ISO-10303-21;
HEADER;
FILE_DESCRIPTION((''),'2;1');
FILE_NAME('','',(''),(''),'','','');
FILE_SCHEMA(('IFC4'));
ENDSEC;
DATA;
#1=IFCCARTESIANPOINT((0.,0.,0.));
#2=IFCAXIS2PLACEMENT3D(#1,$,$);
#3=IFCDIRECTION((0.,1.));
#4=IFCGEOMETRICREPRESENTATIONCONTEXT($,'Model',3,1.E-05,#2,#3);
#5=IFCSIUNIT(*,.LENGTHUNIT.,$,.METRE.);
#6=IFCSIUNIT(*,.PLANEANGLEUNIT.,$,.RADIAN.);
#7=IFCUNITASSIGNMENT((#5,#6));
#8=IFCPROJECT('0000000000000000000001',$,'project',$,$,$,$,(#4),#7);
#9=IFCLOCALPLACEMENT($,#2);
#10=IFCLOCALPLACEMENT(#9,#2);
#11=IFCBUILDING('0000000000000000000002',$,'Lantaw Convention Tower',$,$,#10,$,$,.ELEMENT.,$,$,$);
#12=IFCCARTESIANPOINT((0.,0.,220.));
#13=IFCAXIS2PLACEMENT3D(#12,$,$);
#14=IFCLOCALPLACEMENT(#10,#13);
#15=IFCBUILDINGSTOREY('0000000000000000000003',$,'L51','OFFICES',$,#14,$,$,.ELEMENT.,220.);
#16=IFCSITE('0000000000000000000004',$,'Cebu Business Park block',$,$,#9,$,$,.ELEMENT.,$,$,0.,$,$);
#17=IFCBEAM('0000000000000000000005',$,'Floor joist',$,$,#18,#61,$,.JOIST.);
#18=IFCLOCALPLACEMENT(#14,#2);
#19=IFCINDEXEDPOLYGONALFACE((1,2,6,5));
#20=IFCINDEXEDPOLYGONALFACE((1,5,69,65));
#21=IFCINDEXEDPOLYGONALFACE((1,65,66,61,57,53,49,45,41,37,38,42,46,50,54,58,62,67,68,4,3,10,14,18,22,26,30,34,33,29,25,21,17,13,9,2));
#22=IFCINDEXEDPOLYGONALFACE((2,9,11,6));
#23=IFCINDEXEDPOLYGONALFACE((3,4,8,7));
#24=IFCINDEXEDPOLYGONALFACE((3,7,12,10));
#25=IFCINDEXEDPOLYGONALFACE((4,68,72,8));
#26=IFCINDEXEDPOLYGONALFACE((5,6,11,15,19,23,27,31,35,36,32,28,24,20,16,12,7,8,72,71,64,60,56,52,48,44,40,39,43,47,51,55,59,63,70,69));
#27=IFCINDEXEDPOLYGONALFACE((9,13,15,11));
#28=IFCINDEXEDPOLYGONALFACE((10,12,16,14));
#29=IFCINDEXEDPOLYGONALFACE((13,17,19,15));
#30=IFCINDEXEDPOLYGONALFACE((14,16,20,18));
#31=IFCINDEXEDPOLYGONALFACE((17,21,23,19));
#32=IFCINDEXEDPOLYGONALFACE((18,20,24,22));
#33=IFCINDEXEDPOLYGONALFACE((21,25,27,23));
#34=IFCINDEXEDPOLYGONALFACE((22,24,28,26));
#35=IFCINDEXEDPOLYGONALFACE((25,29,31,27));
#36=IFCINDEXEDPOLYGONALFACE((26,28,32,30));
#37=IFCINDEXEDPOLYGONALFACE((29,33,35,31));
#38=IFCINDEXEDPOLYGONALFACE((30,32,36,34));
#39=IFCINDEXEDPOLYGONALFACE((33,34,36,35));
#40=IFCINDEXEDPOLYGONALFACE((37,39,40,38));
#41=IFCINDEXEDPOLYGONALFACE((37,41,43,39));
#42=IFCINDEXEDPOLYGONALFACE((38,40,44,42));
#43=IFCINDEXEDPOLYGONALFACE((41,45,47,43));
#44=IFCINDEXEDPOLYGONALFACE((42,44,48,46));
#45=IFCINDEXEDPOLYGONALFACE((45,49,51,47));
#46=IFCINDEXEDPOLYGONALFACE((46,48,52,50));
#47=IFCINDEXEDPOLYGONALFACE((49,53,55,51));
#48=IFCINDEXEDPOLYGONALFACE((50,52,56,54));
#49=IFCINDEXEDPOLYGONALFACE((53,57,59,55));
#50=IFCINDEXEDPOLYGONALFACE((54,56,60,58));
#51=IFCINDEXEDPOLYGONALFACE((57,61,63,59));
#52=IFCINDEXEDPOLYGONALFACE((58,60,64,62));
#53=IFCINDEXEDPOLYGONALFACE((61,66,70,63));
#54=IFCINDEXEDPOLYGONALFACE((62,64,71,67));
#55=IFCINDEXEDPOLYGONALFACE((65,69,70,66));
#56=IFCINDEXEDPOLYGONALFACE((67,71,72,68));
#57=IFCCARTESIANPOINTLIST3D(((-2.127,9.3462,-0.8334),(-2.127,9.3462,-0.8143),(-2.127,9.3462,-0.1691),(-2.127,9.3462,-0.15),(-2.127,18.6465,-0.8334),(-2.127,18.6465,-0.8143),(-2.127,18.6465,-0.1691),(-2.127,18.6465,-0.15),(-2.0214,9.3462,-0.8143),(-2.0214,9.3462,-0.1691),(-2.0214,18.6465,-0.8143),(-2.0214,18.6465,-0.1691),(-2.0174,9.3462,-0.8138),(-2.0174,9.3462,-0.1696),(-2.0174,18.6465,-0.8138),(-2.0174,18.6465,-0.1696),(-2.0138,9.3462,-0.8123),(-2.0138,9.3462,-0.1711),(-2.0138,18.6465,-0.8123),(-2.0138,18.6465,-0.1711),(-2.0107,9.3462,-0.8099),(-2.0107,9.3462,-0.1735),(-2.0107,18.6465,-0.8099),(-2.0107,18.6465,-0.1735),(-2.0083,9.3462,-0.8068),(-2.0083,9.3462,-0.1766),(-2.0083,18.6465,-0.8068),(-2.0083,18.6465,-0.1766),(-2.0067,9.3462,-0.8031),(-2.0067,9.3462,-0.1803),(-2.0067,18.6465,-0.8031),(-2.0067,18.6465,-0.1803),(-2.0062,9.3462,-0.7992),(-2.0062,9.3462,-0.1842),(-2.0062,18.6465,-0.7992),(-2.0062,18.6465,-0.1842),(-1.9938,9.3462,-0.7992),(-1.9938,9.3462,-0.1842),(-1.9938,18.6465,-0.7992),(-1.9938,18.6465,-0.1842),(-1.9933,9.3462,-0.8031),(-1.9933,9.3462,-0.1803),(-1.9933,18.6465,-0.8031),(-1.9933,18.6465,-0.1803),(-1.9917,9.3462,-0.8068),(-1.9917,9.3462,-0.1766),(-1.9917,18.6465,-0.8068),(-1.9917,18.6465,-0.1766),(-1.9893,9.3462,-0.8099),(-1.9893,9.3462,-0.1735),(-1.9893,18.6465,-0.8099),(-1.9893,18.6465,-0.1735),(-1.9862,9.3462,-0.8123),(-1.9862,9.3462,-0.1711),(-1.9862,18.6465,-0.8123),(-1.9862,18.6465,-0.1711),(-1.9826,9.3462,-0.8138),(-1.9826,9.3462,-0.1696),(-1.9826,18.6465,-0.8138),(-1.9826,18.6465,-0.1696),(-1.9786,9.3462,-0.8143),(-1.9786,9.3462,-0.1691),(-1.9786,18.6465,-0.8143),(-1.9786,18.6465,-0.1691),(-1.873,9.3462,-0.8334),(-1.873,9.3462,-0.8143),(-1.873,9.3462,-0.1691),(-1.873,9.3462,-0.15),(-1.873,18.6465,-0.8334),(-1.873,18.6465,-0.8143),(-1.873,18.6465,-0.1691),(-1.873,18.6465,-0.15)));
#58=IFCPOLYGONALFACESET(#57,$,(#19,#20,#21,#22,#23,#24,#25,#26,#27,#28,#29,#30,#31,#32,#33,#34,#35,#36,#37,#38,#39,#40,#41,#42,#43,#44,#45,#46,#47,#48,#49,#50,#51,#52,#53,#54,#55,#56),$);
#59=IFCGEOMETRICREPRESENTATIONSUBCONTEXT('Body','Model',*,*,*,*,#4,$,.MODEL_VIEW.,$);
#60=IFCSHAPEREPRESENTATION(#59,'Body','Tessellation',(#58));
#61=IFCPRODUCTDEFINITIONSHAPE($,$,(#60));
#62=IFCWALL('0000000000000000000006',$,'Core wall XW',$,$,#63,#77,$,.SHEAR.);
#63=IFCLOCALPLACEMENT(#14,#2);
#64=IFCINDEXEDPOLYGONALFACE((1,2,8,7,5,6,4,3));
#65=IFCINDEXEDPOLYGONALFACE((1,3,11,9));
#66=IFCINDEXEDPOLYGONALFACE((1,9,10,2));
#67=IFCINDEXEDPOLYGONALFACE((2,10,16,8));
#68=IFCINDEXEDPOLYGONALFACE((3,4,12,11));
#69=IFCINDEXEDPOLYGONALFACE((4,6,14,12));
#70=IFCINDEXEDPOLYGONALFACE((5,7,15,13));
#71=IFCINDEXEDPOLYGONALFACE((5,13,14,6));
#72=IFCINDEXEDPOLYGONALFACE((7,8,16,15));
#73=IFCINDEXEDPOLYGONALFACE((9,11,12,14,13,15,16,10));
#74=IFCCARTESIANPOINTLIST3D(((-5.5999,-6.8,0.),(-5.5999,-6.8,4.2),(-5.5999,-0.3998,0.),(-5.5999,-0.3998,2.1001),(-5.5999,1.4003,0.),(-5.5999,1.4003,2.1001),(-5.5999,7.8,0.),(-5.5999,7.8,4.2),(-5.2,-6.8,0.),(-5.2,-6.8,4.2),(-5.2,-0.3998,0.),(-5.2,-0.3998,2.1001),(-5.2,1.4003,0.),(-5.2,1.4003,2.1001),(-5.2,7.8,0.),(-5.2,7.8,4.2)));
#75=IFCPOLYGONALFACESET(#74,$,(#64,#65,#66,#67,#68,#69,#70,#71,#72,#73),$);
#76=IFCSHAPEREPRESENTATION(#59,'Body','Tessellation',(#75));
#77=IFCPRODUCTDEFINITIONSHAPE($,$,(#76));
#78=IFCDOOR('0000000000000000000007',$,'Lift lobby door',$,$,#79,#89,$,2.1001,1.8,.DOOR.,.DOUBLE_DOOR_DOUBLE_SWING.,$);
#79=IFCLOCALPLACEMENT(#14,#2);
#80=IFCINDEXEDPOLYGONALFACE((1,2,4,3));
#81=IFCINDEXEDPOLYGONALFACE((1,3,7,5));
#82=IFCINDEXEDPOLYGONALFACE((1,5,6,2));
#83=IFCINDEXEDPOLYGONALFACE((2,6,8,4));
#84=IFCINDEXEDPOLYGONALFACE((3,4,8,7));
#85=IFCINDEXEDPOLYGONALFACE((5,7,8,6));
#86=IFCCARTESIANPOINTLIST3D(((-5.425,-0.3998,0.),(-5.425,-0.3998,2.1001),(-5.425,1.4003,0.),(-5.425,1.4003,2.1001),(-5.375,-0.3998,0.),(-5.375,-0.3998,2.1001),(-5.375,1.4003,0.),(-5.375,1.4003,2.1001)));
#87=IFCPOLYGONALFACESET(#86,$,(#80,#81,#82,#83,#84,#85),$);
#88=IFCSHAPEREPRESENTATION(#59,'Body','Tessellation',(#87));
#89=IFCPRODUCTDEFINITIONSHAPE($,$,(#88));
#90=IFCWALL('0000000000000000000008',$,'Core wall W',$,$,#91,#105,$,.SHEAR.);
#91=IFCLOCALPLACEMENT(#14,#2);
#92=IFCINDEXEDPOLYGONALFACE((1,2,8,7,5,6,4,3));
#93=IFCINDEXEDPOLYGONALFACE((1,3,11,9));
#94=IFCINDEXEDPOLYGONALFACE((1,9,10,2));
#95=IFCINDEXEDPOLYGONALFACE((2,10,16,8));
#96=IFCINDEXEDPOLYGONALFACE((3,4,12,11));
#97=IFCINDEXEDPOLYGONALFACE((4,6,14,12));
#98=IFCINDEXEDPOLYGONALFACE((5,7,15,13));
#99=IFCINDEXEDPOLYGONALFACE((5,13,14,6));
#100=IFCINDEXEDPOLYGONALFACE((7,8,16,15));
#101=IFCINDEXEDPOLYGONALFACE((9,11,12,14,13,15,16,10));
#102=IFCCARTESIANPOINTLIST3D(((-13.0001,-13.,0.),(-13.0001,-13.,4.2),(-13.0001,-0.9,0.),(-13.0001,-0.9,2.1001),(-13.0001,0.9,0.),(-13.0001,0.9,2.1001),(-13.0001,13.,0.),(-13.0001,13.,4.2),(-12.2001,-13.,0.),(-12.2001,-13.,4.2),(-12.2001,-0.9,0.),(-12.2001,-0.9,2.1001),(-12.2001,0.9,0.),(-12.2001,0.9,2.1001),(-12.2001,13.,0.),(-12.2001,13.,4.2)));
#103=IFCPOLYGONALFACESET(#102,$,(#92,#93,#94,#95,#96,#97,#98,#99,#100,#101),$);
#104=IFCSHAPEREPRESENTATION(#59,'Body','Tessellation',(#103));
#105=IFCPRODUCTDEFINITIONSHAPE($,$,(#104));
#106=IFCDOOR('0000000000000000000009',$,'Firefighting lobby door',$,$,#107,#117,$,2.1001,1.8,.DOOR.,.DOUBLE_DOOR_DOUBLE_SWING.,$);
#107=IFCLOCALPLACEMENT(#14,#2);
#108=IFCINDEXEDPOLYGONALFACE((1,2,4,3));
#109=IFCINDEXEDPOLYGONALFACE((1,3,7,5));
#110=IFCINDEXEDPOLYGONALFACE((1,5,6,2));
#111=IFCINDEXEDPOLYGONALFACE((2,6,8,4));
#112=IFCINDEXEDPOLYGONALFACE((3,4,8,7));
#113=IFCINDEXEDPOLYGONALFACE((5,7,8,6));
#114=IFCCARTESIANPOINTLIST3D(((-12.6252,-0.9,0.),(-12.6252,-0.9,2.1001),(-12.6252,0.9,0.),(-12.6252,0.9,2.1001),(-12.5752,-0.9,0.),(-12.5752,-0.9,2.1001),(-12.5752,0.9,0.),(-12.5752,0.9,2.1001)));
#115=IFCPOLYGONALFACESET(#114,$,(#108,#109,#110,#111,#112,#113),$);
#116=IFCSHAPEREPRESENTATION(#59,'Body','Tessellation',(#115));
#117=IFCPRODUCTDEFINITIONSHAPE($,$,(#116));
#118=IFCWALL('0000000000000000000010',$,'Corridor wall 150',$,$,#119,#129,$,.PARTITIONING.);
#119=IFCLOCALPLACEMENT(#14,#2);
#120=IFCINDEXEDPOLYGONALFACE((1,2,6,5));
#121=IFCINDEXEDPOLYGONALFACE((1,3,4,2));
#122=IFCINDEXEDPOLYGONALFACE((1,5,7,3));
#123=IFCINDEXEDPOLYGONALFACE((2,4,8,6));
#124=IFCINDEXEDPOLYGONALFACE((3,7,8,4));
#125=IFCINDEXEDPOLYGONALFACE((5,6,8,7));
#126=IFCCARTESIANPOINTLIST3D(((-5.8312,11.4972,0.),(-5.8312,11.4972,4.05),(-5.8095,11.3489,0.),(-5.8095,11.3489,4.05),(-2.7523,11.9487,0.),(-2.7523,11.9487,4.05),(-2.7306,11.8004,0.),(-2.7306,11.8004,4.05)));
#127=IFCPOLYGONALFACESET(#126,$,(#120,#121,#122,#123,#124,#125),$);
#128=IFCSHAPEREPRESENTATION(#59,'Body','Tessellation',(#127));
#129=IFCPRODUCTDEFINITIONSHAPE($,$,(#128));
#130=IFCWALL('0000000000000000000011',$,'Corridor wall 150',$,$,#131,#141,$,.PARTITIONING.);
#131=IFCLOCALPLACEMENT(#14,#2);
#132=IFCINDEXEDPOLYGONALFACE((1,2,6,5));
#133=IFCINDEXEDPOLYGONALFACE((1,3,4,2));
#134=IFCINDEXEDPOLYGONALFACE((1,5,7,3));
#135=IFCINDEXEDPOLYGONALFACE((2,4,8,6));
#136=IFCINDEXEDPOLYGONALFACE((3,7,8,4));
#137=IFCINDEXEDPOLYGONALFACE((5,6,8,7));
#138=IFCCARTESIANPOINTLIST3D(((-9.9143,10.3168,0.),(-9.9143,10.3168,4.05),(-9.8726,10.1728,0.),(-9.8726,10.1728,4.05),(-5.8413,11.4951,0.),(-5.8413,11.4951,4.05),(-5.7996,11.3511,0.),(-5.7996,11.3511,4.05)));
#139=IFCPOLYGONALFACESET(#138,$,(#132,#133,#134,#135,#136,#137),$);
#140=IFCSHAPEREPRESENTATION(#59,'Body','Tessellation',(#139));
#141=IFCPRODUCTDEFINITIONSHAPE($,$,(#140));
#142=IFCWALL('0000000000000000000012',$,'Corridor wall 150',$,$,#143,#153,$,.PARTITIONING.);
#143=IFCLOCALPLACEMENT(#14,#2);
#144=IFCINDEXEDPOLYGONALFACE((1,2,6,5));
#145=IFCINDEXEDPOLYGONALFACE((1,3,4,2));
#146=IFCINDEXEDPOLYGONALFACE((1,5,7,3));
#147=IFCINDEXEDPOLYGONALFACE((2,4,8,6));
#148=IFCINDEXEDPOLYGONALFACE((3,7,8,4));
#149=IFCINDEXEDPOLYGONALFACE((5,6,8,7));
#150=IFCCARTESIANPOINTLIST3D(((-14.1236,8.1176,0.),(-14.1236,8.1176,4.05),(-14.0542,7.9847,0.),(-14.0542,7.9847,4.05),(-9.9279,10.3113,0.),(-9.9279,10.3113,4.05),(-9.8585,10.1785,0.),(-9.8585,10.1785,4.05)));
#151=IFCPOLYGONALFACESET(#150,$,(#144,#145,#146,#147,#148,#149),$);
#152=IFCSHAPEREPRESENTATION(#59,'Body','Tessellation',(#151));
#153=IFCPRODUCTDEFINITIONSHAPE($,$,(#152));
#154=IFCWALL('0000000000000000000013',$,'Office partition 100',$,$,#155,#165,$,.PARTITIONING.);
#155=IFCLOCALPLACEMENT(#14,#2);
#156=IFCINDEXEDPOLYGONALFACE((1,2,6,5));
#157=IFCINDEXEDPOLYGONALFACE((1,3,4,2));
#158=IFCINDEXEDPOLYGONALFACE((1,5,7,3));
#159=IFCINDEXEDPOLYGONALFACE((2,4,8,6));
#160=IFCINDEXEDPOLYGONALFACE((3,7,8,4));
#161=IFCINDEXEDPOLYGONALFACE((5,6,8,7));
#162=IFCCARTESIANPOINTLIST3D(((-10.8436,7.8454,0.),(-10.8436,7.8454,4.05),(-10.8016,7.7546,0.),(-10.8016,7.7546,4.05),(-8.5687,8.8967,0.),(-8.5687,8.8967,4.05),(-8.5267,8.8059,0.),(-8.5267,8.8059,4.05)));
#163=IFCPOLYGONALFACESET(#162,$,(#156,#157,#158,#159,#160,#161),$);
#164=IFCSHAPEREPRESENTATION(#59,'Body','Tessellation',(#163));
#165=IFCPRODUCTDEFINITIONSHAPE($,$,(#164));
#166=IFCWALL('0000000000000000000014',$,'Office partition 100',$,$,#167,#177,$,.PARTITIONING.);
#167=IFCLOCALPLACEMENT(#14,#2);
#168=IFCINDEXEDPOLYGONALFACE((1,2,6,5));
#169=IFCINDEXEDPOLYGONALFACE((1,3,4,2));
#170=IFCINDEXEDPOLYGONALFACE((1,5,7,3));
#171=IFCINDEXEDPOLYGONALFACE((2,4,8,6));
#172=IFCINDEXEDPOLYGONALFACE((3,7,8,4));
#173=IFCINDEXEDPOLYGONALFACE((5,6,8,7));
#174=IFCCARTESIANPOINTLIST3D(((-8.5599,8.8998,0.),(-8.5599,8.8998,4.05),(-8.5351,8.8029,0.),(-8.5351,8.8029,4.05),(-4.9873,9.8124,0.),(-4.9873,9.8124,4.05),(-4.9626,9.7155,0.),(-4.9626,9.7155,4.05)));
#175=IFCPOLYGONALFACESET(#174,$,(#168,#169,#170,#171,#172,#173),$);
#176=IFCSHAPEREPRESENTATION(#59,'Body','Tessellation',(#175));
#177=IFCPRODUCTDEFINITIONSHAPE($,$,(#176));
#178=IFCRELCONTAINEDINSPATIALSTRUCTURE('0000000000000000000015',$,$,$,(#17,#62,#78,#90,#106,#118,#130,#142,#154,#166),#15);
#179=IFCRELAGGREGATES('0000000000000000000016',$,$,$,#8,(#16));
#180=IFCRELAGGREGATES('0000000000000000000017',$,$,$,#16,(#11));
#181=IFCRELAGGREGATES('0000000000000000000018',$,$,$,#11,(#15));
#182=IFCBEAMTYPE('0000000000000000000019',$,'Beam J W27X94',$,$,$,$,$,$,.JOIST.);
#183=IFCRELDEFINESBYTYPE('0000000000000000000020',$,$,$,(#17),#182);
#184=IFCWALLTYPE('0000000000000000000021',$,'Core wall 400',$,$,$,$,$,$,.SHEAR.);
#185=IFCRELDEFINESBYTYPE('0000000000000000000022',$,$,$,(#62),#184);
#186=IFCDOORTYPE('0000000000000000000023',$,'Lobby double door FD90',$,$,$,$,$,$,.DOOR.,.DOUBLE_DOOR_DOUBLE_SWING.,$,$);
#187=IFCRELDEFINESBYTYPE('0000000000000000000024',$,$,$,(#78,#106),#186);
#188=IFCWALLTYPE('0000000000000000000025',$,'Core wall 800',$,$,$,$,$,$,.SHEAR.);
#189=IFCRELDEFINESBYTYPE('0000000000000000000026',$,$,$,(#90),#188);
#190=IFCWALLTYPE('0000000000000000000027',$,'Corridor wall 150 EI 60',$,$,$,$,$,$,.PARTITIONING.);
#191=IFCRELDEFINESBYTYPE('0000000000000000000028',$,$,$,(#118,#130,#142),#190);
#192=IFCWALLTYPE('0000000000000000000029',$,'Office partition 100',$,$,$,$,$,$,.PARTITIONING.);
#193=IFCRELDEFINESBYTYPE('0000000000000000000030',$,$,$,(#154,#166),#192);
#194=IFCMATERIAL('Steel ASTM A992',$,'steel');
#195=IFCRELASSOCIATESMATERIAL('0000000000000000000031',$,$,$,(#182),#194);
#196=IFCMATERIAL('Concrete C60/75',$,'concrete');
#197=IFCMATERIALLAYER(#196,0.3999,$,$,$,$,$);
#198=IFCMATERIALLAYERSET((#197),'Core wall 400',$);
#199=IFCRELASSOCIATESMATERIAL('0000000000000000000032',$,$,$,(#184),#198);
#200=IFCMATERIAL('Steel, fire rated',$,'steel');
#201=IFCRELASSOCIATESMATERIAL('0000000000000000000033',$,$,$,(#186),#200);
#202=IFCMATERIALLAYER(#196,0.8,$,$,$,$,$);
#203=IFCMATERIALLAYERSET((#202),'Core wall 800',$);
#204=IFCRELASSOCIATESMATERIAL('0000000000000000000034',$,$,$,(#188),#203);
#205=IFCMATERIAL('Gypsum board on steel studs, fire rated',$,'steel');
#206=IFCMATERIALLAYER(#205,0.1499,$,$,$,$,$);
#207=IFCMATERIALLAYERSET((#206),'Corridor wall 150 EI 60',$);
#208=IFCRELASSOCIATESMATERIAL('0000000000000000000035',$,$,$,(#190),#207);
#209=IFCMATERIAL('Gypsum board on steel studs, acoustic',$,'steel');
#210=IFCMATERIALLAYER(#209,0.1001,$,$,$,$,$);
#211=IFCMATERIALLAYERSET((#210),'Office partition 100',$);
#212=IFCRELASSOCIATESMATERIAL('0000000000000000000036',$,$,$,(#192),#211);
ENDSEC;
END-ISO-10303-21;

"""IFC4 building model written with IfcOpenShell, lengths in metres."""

from ifc_helpers import new_model, si_unit, direction, frame, frame_2d, origin, origin_2d, place, context, subcontext, project, spatial, rectangle, i_section, extrude, material, layer, layer_set, material_profile, profile_set, type_object, element, fill, save


model = new_model("IFC4")

# Units and contexts
model_context = context("Model", 3, precision=1e-05, world=origin(), true_north=direction((0.0, 1.0)))
body_context = subcontext(model_context, "Body", "Model", "MODEL_VIEW")
ifc_project = project(units=[si_unit("LENGTHUNIT", "METRE"), si_unit("PLANEANGLEUNIT", "RADIAN")], contexts=[model_context])

# Site, building, storey
site_placement = place(None, origin())
site = spatial("IfcSite", under=ifc_project, at=site_placement, Name="Cebu Business Park block", CompositionType="ELEMENT", RefElevation=0.0)
building_placement = place(site_placement, origin())
building = spatial("IfcBuilding", under=site, at=building_placement, Name="Lantaw Convention Tower", CompositionType="ELEMENT")
storey_placement = place(building_placement, frame((0.0, 0.0, 220.0)))
storey = spatial("IfcBuildingStorey", under=building, at=storey_placement, Name="L51", Description="OFFICES", CompositionType="ELEMENT", Elevation=220.0)

# Shared definitions
ifc_material_1 = material(Name="Concrete C60/75", Category="concrete")

# Beam
ifc_material_2 = material(Name="Steel ASTM A992", Category="steel")
ifc_material_profile_1 = material_profile(ifc_material_2, i_section(OverallWidth=0.2539, OverallDepth=0.6833, WebThickness=0.0125, FlangeThickness=0.019, FilletRadius=0.0151, at=origin_2d()), Name="W27X94")
ifc_profile_set_1 = profile_set([ifc_material_profile_1], Name="Steel ASTM A992")
beam_type_1 = type_object("IfcBeamType", Name="Beam J W27X94", PredefinedType="JOIST", material=ifc_profile_set_1)
beam_1_placement = place(storey_placement, frame((-2.0, 9.3462, -0.4917), z_axis=(0.0, 1.0, 0.0), x_axis=(-1.0, 0.0, 0.0)))
element("IfcBeam", 1, at=beam_1_placement, inside=storey, type_object=beam_type_1, Name="Floor joist", PredefinedType="JOIST", context=body_context, shape_type="SweptSolid", body=[
    extrude(i_section(OverallWidth=0.2539, OverallDepth=0.6833, WebThickness=0.0125, FlangeThickness=0.019, FilletRadius=0.0151, at=origin_2d()), origin(), (0.0, 0.0, 1.0), 9.3003),
])

# Walls, openings, doors
ifc_layer_1 = layer(ifc_material_1, 0.3999)
ifc_layer_set_1 = layer_set([ifc_layer_1], Name="Core wall 400")
wall_type_1 = type_object("IfcWallType", Name="Core wall 400", PredefinedType="SHEAR", material=ifc_layer_set_1)
wall_1_placement = place(storey_placement, frame((-5.3999, 7.8, 0.0), z_axis=(0.0, 0.0, 1.0), x_axis=(0.0, -1.0, 0.0)))
wall_1 = element("IfcWall", 2, at=wall_1_placement, inside=storey, type_object=wall_type_1, Name="Core wall XW", PredefinedType="SHEAR", context=body_context, shape_type="SweptSolid", body=[
    extrude(rectangle(XDim=14.6001, YDim=0.3999, at=frame_2d((7.3, 0.0))), origin(), (0.0, 0.0, 1.0), 4.2),
])
opening_1_placement = place(wall_1_placement, frame((6.3999, 0.0, 0.0)))
opening_1 = element("IfcOpeningElement", 3, at=opening_1_placement, cuts=wall_1, PredefinedType="OPENING", context=body_context, shape_type="SweptSolid", body=[
    extrude(rectangle(XDim=1.8, YDim=2.1001, at=frame_2d((0.8999, 1.05))), frame((0.0, 0.21, 0.0), z_axis=(0.0, -1.0, 0.0), x_axis=(1.0, 0.0, 0.0)), (0.0, 0.0, 1.0), 0.4199),
])
ifc_material_3 = material(Name="Steel, fire rated", Category="steel")
door_type_1 = type_object("IfcDoorType", Name="Lobby double door FD90", OperationType="DOUBLE_DOOR_DOUBLE_SWING", PredefinedType="DOOR", material=ifc_material_3)
door_1_placement = place(opening_1_placement, origin())
door_1 = element("IfcDoor", 4, at=door_1_placement, inside=storey, type_object=door_type_1, Name="Lift lobby door", OperationType="DOUBLE_DOOR_DOUBLE_SWING", OverallHeight=2.1001, OverallWidth=1.8, PredefinedType="DOOR", context=body_context, shape_type="SweptSolid", body=[
    extrude(rectangle(XDim=1.8, YDim=2.1001, at=frame_2d((0.8999, 1.05))), frame((0.0, 0.0249, 0.0), z_axis=(0.0, -1.0, 0.0), x_axis=(1.0, 0.0, 0.0)), (0.0, 0.0, 1.0), 0.05),
])
fill(opening_1, door_1)
ifc_layer_2 = layer(ifc_material_1, 0.8)
ifc_layer_set_2 = layer_set([ifc_layer_2], Name="Core wall 800")
wall_type_2 = type_object("IfcWallType", Name="Core wall 800", PredefinedType="SHEAR", material=ifc_layer_set_2)
wall_2_placement = place(storey_placement, frame((-12.6001, 13.0, 0.0), z_axis=(0.0, 0.0, 1.0), x_axis=(0.0, -1.0, 0.0)))
wall_2 = element("IfcWall", 5, at=wall_2_placement, inside=storey, type_object=wall_type_2, Name="Core wall W", PredefinedType="SHEAR", context=body_context, shape_type="SweptSolid", body=[
    extrude(rectangle(XDim=26.0, YDim=0.8, at=frame_2d((13.0, 0.0))), origin(), (0.0, 0.0, 1.0), 4.2),
])
opening_2_placement = place(wall_2_placement, frame((12.1001, 0.0, 0.0)))
opening_2 = element("IfcOpeningElement", 6, at=opening_2_placement, cuts=wall_2, PredefinedType="OPENING", context=body_context, shape_type="SweptSolid", body=[
    extrude(rectangle(XDim=1.8, YDim=2.1001, at=frame_2d((0.8999, 1.05))), frame((0.0, 0.4099, 0.0), z_axis=(0.0, -1.0, 0.0), x_axis=(1.0, 0.0, 0.0)), (0.0, 0.0, 1.0), 0.8201),
])
door_2_placement = place(opening_2_placement, origin())
door_2 = element("IfcDoor", 7, at=door_2_placement, inside=storey, type_object=door_type_1, Name="Firefighting lobby door", OperationType="DOUBLE_DOOR_DOUBLE_SWING", OverallHeight=2.1001, OverallWidth=1.8, PredefinedType="DOOR", context=body_context, shape_type="SweptSolid", body=[
    extrude(rectangle(XDim=1.8, YDim=2.1001, at=frame_2d((0.8999, 1.05))), frame((0.0, 0.0249, 0.0), z_axis=(0.0, -1.0, 0.0), x_axis=(1.0, 0.0, 0.0)), (0.0, 0.0, 1.0), 0.05),
])
fill(opening_2, door_2)

# Walls
ifc_material_4 = material(Name="Gypsum board on steel studs, fire rated", Category="steel")
ifc_layer_3 = layer(ifc_material_4, 0.1499)
ifc_layer_set_3 = layer_set([ifc_layer_3], Name="Corridor wall 150 EI 60")
wall_type_3 = type_object("IfcWallType", Name="Corridor wall 150 EI 60", PredefinedType="PARTITIONING", material=ifc_layer_set_3)
wall_3_placement = place(storey_placement, frame((-2.7415, 11.8745, 0.0), z_axis=(0.0, 0.0, 1.0), x_axis=(-0.989422, -0.145067, 0.0)))
element("IfcWall", 8, at=wall_3_placement, inside=storey, type_object=wall_type_3, Name="Corridor wall 150", PredefinedType="PARTITIONING", context=body_context, shape_type="SweptSolid", body=[
    extrude(rectangle(XDim=3.1118, YDim=0.1499, at=frame_2d((1.5559, 0.0))), origin(), (0.0, 0.0, 1.0), 4.05),
])
wall_4_placement = place(storey_placement, frame((-5.8203, 11.4231, 0.0), z_axis=(0.0, 0.0, 1.0), x_axis=(-0.960615, -0.277883, 0.0)))
element("IfcWall", 9, at=wall_4_placement, inside=storey, type_object=wall_type_3, Name="Corridor wall 150", PredefinedType="PARTITIONING", context=body_context, shape_type="SweptSolid", body=[
    extrude(rectangle(XDim=4.24, YDim=0.1499, at=frame_2d((2.1201, 0.0))), origin(), (0.0, 0.0, 1.0), 4.05),
])
wall_5_placement = place(storey_placement, frame((-9.8933, 10.2449, 0.0), z_axis=(0.0, 0.0, 1.0), x_axis=(-0.886174, -0.463352, 0.0)))
element("IfcWall", 10, at=wall_5_placement, inside=storey, type_object=wall_type_3, Name="Corridor wall 150", PredefinedType="PARTITIONING", context=body_context, shape_type="SweptSolid", body=[
    extrude(rectangle(XDim=4.7346, YDim=0.1499, at=frame_2d((2.3672, 0.0))), origin(), (0.0, 0.0, 1.0), 4.05),
])
ifc_material_5 = material(Name="Gypsum board on steel studs, acoustic", Category="steel")
ifc_layer_4 = layer(ifc_material_5, 0.1001)
ifc_layer_set_4 = layer_set([ifc_layer_4], Name="Office partition 100")
wall_type_4 = type_object("IfcWallType", Name="Office partition 100", PredefinedType="PARTITIONING", material=ifc_layer_set_4)
wall_6_placement = place(storey_placement, frame((-10.8225, 7.8, 0.0), z_axis=(0.0, 0.0, 1.0), x_axis=(0.90776, 0.419491, 0.0)))
element("IfcWall", 11, at=wall_6_placement, inside=storey, type_object=wall_type_4, Name="Office partition 100", PredefinedType="PARTITIONING", context=body_context, shape_type="SweptSolid", body=[
    extrude(rectangle(XDim=2.5061, YDim=0.1001, at=frame_2d((1.2529, 0.0))), origin(), (0.0, 0.0, 1.0), 4.05),
])
wall_7_placement = place(storey_placement, frame((-8.5476, 8.8513, 0.0), z_axis=(0.0, 0.0, 1.0), x_axis=(0.968887, 0.247502, 0.0)))
element("IfcWall", 12, at=wall_7_placement, inside=storey, type_object=wall_type_4, Name="Office partition 100", PredefinedType="PARTITIONING", context=body_context, shape_type="SweptSolid", body=[
    extrude(rectangle(XDim=3.6873, YDim=0.1001, at=frame_2d((1.8438, 0.0))), origin(), (0.0, 0.0, 1.0), 4.05),
])

save(model, "model.ifc")
